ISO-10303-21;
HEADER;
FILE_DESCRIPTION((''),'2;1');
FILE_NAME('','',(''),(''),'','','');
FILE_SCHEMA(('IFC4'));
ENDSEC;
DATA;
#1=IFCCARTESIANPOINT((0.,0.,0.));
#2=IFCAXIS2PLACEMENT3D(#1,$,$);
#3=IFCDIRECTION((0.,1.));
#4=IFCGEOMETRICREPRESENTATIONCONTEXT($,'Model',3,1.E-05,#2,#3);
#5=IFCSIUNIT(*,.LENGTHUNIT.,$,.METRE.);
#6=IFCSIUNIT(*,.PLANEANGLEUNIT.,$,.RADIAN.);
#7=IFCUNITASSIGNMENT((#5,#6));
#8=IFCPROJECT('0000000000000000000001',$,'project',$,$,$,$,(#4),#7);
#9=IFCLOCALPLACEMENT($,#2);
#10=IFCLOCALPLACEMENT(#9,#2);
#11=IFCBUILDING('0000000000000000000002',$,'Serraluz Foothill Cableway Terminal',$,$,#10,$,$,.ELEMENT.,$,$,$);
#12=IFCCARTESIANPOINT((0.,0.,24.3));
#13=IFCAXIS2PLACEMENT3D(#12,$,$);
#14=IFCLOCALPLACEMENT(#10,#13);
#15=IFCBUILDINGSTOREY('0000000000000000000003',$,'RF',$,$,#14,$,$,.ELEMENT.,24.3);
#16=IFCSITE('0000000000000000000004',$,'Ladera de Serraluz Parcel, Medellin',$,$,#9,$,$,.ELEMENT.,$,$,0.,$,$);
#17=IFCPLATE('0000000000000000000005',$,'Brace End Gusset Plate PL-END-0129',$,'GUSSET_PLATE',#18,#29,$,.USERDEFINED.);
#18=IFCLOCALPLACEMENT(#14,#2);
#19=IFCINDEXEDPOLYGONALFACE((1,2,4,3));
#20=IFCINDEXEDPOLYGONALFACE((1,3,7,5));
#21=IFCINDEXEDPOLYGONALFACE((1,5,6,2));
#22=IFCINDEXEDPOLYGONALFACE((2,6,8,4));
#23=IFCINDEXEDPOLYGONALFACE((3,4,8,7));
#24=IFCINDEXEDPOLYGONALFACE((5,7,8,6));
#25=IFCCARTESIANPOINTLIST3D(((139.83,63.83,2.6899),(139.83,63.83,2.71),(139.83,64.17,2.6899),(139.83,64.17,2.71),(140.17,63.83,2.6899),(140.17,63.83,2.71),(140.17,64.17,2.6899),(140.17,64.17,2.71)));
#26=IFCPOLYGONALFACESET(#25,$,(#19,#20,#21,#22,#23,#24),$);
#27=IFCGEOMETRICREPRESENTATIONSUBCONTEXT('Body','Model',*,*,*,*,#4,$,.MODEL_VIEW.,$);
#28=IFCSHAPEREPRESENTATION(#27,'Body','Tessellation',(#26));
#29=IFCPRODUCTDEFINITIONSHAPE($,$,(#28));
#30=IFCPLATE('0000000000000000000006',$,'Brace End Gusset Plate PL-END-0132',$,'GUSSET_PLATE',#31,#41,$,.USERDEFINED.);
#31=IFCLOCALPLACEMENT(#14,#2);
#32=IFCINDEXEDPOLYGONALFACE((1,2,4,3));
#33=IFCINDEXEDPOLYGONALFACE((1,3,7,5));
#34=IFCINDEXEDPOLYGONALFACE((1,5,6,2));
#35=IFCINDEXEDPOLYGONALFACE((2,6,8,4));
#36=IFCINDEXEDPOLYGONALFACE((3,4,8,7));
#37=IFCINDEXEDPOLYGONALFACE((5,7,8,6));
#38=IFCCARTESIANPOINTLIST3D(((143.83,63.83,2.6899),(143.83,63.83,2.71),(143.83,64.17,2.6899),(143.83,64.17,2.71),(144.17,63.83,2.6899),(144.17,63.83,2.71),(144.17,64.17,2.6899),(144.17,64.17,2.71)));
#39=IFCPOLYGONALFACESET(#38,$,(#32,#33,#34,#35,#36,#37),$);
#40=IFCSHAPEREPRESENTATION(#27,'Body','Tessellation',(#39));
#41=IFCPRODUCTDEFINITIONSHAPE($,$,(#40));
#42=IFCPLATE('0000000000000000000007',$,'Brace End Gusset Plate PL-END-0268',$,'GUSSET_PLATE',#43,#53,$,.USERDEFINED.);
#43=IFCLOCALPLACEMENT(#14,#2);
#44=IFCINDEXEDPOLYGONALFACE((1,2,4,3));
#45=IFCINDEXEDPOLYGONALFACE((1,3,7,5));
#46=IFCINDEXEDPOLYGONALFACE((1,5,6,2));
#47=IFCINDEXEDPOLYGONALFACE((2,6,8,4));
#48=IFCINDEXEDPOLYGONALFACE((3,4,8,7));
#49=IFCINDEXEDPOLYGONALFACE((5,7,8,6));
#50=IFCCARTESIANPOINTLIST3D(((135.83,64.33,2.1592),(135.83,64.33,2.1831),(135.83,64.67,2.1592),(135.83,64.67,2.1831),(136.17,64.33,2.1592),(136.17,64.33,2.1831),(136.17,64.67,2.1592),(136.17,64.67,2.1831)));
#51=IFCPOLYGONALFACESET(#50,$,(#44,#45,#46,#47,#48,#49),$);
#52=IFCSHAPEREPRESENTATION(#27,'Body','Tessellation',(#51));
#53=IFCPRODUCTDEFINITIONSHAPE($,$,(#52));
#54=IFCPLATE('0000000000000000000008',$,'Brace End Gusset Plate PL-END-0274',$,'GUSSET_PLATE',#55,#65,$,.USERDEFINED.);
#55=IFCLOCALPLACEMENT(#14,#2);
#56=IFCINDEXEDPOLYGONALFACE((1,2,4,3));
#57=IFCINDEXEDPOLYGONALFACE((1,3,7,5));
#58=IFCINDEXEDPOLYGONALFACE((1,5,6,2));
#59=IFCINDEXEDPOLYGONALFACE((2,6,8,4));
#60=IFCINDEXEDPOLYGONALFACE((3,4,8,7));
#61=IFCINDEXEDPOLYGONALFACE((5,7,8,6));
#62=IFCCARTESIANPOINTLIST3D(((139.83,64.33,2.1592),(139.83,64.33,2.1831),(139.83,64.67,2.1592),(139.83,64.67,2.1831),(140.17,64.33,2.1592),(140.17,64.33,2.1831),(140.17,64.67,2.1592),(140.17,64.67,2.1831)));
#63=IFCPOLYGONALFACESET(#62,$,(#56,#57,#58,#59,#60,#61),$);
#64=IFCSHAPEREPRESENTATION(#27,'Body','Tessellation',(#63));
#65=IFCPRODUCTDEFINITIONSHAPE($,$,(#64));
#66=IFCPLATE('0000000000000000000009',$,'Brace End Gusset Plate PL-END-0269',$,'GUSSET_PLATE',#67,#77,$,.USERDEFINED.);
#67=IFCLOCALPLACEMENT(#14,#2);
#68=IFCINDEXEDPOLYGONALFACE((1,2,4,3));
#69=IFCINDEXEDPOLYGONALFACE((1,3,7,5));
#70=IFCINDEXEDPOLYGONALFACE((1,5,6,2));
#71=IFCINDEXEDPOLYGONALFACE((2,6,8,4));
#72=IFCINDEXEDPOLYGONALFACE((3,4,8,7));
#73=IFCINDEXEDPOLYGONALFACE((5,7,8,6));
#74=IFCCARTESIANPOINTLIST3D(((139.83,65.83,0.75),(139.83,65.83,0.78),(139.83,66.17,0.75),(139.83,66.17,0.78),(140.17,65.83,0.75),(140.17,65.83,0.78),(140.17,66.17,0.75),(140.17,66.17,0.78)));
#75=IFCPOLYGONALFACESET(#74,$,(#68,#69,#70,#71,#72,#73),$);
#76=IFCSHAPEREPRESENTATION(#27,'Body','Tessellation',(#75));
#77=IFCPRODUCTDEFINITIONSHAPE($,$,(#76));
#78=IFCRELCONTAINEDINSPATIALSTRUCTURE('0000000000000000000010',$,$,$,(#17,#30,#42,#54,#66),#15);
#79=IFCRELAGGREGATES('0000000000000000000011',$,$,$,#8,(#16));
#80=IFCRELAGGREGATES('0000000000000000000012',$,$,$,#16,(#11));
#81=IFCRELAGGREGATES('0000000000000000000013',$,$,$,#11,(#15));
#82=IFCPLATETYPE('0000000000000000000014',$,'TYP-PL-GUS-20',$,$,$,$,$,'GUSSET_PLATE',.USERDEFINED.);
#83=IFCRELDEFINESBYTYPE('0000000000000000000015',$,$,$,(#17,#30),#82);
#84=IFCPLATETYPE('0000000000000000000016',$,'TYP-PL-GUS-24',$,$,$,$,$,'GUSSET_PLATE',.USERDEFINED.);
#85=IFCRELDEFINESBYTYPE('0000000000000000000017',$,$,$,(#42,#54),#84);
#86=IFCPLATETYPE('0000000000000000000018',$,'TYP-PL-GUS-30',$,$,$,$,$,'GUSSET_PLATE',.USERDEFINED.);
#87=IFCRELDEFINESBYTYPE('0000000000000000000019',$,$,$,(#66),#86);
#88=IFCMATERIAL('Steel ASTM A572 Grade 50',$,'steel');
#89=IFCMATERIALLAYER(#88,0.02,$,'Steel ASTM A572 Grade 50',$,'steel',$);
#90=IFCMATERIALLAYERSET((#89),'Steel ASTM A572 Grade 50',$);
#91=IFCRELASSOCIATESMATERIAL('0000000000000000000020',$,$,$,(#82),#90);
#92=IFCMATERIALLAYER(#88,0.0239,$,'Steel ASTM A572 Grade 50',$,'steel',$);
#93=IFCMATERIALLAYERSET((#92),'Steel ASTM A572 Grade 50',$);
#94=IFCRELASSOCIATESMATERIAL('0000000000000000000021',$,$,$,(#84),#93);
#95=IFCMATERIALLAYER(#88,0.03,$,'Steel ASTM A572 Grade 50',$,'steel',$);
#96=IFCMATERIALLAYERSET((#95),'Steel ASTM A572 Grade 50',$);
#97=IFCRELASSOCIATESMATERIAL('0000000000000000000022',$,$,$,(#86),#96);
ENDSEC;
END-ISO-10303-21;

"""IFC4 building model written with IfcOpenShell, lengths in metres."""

from ifc_helpers import new_model, si_unit, direction, frame, origin, origin_2d, place, context, subcontext, project, spatial, rectangle, extrude, material, layer, layer_set, type_object, element, save


model = new_model("IFC4")

# Units and contexts
model_context = context("Model", 3, precision=1e-05, world=origin(), true_north=direction((0.0, 1.0)))
body_context = subcontext(model_context, "Body", "Model", "MODEL_VIEW")
ifc_project = project(units=[si_unit("LENGTHUNIT", "METRE"), si_unit("PLANEANGLEUNIT", "RADIAN")], contexts=[model_context])

# Site, building, storey
site_placement = place(None, origin())
site = spatial("IfcSite", under=ifc_project, at=site_placement, Name="Ladera de Serraluz Parcel, Medellin", CompositionType="ELEMENT", RefElevation=0.0)
building_placement = place(site_placement, origin())
building = spatial("IfcBuilding", under=site, at=building_placement, Name="Serraluz Foothill Cableway Terminal", CompositionType="ELEMENT")
storey_placement = place(building_placement, frame((0.0, 0.0, 24.3)))
storey = spatial("IfcBuildingStorey", under=building, at=storey_placement, Name="RF", CompositionType="ELEMENT", Elevation=24.3)

# Shared definitions
ifc_material_1 = material(Name="Steel ASTM A572 Grade 50", Category="steel")

# Plates
ifc_layer_1 = layer(ifc_material_1, 0.02, Name="Steel ASTM A572 Grade 50", Category="steel")
ifc_layer_set_1 = layer_set([ifc_layer_1], Name="Steel ASTM A572 Grade 50")
plate_type_1 = type_object("IfcPlateType", Name="TYP-PL-GUS-20", ElementType="GUSSET_PLATE", PredefinedType="USERDEFINED", material=ifc_layer_set_1)
for number, where, z_axis, x_axis, name in (
    (1, (140.0, 64.0, 2.6899), (0.0, 0.0, 1.0), (1.0, 0.0, 0.0), "Brace End Gusset Plate PL-END-0129"),
    (2, (144.0, 64.0, 2.6899), (0.0, 0.0, 1.0), (1.0, 0.0, 0.0), "Brace End Gusset Plate PL-END-0132"),
):
    element("IfcPlate", number, at=place(storey_placement, frame(where, z_axis=z_axis, x_axis=x_axis)), inside=storey, type_object=plate_type_1, Name=name, ObjectType="GUSSET_PLATE", PredefinedType="USERDEFINED", context=body_context, shape_type="SweptSolid", body=[
        extrude(rectangle(XDim=0.3401, YDim=0.3401, at=origin_2d()), origin(), (0.0, 0.0, 1.0), 0.02),
    ])
ifc_layer_2 = layer(ifc_material_1, 0.0239, Name="Steel ASTM A572 Grade 50", Category="steel")
ifc_layer_set_2 = layer_set([ifc_layer_2], Name="Steel ASTM A572 Grade 50")
plate_type_2 = type_object("IfcPlateType", Name="TYP-PL-GUS-24", ElementType="GUSSET_PLATE", PredefinedType="USERDEFINED", material=ifc_layer_set_2)
for number, where, z_axis, x_axis, name in (
    (3, (136.0, 64.5, 2.1592), (0.0, 0.0, 1.0), (1.0, 0.0, 0.0), "Brace End Gusset Plate PL-END-0268"),
    (4, (140.0, 64.5, 2.1592), (0.0, 0.0, 1.0), (1.0, 0.0, 0.0), "Brace End Gusset Plate PL-END-0274"),
):
    element("IfcPlate", number, at=place(storey_placement, frame(where, z_axis=z_axis, x_axis=x_axis)), inside=storey, type_object=plate_type_2, Name=name, ObjectType="GUSSET_PLATE", PredefinedType="USERDEFINED", context=body_context, shape_type="SweptSolid", body=[
        extrude(rectangle(XDim=0.3401, YDim=0.3401, at=origin_2d()), origin(), (0.0, 0.0, 1.0), 0.0239),
    ])
ifc_layer_3 = layer(ifc_material_1, 0.03, Name="Steel ASTM A572 Grade 50", Category="steel")
ifc_layer_set_3 = layer_set([ifc_layer_3], Name="Steel ASTM A572 Grade 50")
plate_type_3 = type_object("IfcPlateType", Name="TYP-PL-GUS-30", ElementType="GUSSET_PLATE", PredefinedType="USERDEFINED", material=ifc_layer_set_3)
plate_placement = place(storey_placement, frame((140.0, 66.0, 0.75), z_axis=(0.0, 0.0, 1.0), x_axis=(1.0, 0.0, 0.0)))
element("IfcPlate", 5, at=plate_placement, inside=storey, type_object=plate_type_3, Name="Brace End Gusset Plate PL-END-0269", ObjectType="GUSSET_PLATE", PredefinedType="USERDEFINED", context=body_context, shape_type="SweptSolid", body=[
    extrude(rectangle(XDim=0.3401, YDim=0.3401, at=origin_2d()), origin(), (0.0, 0.0, 1.0), 0.03),
])

save(model, "model.ifc")
